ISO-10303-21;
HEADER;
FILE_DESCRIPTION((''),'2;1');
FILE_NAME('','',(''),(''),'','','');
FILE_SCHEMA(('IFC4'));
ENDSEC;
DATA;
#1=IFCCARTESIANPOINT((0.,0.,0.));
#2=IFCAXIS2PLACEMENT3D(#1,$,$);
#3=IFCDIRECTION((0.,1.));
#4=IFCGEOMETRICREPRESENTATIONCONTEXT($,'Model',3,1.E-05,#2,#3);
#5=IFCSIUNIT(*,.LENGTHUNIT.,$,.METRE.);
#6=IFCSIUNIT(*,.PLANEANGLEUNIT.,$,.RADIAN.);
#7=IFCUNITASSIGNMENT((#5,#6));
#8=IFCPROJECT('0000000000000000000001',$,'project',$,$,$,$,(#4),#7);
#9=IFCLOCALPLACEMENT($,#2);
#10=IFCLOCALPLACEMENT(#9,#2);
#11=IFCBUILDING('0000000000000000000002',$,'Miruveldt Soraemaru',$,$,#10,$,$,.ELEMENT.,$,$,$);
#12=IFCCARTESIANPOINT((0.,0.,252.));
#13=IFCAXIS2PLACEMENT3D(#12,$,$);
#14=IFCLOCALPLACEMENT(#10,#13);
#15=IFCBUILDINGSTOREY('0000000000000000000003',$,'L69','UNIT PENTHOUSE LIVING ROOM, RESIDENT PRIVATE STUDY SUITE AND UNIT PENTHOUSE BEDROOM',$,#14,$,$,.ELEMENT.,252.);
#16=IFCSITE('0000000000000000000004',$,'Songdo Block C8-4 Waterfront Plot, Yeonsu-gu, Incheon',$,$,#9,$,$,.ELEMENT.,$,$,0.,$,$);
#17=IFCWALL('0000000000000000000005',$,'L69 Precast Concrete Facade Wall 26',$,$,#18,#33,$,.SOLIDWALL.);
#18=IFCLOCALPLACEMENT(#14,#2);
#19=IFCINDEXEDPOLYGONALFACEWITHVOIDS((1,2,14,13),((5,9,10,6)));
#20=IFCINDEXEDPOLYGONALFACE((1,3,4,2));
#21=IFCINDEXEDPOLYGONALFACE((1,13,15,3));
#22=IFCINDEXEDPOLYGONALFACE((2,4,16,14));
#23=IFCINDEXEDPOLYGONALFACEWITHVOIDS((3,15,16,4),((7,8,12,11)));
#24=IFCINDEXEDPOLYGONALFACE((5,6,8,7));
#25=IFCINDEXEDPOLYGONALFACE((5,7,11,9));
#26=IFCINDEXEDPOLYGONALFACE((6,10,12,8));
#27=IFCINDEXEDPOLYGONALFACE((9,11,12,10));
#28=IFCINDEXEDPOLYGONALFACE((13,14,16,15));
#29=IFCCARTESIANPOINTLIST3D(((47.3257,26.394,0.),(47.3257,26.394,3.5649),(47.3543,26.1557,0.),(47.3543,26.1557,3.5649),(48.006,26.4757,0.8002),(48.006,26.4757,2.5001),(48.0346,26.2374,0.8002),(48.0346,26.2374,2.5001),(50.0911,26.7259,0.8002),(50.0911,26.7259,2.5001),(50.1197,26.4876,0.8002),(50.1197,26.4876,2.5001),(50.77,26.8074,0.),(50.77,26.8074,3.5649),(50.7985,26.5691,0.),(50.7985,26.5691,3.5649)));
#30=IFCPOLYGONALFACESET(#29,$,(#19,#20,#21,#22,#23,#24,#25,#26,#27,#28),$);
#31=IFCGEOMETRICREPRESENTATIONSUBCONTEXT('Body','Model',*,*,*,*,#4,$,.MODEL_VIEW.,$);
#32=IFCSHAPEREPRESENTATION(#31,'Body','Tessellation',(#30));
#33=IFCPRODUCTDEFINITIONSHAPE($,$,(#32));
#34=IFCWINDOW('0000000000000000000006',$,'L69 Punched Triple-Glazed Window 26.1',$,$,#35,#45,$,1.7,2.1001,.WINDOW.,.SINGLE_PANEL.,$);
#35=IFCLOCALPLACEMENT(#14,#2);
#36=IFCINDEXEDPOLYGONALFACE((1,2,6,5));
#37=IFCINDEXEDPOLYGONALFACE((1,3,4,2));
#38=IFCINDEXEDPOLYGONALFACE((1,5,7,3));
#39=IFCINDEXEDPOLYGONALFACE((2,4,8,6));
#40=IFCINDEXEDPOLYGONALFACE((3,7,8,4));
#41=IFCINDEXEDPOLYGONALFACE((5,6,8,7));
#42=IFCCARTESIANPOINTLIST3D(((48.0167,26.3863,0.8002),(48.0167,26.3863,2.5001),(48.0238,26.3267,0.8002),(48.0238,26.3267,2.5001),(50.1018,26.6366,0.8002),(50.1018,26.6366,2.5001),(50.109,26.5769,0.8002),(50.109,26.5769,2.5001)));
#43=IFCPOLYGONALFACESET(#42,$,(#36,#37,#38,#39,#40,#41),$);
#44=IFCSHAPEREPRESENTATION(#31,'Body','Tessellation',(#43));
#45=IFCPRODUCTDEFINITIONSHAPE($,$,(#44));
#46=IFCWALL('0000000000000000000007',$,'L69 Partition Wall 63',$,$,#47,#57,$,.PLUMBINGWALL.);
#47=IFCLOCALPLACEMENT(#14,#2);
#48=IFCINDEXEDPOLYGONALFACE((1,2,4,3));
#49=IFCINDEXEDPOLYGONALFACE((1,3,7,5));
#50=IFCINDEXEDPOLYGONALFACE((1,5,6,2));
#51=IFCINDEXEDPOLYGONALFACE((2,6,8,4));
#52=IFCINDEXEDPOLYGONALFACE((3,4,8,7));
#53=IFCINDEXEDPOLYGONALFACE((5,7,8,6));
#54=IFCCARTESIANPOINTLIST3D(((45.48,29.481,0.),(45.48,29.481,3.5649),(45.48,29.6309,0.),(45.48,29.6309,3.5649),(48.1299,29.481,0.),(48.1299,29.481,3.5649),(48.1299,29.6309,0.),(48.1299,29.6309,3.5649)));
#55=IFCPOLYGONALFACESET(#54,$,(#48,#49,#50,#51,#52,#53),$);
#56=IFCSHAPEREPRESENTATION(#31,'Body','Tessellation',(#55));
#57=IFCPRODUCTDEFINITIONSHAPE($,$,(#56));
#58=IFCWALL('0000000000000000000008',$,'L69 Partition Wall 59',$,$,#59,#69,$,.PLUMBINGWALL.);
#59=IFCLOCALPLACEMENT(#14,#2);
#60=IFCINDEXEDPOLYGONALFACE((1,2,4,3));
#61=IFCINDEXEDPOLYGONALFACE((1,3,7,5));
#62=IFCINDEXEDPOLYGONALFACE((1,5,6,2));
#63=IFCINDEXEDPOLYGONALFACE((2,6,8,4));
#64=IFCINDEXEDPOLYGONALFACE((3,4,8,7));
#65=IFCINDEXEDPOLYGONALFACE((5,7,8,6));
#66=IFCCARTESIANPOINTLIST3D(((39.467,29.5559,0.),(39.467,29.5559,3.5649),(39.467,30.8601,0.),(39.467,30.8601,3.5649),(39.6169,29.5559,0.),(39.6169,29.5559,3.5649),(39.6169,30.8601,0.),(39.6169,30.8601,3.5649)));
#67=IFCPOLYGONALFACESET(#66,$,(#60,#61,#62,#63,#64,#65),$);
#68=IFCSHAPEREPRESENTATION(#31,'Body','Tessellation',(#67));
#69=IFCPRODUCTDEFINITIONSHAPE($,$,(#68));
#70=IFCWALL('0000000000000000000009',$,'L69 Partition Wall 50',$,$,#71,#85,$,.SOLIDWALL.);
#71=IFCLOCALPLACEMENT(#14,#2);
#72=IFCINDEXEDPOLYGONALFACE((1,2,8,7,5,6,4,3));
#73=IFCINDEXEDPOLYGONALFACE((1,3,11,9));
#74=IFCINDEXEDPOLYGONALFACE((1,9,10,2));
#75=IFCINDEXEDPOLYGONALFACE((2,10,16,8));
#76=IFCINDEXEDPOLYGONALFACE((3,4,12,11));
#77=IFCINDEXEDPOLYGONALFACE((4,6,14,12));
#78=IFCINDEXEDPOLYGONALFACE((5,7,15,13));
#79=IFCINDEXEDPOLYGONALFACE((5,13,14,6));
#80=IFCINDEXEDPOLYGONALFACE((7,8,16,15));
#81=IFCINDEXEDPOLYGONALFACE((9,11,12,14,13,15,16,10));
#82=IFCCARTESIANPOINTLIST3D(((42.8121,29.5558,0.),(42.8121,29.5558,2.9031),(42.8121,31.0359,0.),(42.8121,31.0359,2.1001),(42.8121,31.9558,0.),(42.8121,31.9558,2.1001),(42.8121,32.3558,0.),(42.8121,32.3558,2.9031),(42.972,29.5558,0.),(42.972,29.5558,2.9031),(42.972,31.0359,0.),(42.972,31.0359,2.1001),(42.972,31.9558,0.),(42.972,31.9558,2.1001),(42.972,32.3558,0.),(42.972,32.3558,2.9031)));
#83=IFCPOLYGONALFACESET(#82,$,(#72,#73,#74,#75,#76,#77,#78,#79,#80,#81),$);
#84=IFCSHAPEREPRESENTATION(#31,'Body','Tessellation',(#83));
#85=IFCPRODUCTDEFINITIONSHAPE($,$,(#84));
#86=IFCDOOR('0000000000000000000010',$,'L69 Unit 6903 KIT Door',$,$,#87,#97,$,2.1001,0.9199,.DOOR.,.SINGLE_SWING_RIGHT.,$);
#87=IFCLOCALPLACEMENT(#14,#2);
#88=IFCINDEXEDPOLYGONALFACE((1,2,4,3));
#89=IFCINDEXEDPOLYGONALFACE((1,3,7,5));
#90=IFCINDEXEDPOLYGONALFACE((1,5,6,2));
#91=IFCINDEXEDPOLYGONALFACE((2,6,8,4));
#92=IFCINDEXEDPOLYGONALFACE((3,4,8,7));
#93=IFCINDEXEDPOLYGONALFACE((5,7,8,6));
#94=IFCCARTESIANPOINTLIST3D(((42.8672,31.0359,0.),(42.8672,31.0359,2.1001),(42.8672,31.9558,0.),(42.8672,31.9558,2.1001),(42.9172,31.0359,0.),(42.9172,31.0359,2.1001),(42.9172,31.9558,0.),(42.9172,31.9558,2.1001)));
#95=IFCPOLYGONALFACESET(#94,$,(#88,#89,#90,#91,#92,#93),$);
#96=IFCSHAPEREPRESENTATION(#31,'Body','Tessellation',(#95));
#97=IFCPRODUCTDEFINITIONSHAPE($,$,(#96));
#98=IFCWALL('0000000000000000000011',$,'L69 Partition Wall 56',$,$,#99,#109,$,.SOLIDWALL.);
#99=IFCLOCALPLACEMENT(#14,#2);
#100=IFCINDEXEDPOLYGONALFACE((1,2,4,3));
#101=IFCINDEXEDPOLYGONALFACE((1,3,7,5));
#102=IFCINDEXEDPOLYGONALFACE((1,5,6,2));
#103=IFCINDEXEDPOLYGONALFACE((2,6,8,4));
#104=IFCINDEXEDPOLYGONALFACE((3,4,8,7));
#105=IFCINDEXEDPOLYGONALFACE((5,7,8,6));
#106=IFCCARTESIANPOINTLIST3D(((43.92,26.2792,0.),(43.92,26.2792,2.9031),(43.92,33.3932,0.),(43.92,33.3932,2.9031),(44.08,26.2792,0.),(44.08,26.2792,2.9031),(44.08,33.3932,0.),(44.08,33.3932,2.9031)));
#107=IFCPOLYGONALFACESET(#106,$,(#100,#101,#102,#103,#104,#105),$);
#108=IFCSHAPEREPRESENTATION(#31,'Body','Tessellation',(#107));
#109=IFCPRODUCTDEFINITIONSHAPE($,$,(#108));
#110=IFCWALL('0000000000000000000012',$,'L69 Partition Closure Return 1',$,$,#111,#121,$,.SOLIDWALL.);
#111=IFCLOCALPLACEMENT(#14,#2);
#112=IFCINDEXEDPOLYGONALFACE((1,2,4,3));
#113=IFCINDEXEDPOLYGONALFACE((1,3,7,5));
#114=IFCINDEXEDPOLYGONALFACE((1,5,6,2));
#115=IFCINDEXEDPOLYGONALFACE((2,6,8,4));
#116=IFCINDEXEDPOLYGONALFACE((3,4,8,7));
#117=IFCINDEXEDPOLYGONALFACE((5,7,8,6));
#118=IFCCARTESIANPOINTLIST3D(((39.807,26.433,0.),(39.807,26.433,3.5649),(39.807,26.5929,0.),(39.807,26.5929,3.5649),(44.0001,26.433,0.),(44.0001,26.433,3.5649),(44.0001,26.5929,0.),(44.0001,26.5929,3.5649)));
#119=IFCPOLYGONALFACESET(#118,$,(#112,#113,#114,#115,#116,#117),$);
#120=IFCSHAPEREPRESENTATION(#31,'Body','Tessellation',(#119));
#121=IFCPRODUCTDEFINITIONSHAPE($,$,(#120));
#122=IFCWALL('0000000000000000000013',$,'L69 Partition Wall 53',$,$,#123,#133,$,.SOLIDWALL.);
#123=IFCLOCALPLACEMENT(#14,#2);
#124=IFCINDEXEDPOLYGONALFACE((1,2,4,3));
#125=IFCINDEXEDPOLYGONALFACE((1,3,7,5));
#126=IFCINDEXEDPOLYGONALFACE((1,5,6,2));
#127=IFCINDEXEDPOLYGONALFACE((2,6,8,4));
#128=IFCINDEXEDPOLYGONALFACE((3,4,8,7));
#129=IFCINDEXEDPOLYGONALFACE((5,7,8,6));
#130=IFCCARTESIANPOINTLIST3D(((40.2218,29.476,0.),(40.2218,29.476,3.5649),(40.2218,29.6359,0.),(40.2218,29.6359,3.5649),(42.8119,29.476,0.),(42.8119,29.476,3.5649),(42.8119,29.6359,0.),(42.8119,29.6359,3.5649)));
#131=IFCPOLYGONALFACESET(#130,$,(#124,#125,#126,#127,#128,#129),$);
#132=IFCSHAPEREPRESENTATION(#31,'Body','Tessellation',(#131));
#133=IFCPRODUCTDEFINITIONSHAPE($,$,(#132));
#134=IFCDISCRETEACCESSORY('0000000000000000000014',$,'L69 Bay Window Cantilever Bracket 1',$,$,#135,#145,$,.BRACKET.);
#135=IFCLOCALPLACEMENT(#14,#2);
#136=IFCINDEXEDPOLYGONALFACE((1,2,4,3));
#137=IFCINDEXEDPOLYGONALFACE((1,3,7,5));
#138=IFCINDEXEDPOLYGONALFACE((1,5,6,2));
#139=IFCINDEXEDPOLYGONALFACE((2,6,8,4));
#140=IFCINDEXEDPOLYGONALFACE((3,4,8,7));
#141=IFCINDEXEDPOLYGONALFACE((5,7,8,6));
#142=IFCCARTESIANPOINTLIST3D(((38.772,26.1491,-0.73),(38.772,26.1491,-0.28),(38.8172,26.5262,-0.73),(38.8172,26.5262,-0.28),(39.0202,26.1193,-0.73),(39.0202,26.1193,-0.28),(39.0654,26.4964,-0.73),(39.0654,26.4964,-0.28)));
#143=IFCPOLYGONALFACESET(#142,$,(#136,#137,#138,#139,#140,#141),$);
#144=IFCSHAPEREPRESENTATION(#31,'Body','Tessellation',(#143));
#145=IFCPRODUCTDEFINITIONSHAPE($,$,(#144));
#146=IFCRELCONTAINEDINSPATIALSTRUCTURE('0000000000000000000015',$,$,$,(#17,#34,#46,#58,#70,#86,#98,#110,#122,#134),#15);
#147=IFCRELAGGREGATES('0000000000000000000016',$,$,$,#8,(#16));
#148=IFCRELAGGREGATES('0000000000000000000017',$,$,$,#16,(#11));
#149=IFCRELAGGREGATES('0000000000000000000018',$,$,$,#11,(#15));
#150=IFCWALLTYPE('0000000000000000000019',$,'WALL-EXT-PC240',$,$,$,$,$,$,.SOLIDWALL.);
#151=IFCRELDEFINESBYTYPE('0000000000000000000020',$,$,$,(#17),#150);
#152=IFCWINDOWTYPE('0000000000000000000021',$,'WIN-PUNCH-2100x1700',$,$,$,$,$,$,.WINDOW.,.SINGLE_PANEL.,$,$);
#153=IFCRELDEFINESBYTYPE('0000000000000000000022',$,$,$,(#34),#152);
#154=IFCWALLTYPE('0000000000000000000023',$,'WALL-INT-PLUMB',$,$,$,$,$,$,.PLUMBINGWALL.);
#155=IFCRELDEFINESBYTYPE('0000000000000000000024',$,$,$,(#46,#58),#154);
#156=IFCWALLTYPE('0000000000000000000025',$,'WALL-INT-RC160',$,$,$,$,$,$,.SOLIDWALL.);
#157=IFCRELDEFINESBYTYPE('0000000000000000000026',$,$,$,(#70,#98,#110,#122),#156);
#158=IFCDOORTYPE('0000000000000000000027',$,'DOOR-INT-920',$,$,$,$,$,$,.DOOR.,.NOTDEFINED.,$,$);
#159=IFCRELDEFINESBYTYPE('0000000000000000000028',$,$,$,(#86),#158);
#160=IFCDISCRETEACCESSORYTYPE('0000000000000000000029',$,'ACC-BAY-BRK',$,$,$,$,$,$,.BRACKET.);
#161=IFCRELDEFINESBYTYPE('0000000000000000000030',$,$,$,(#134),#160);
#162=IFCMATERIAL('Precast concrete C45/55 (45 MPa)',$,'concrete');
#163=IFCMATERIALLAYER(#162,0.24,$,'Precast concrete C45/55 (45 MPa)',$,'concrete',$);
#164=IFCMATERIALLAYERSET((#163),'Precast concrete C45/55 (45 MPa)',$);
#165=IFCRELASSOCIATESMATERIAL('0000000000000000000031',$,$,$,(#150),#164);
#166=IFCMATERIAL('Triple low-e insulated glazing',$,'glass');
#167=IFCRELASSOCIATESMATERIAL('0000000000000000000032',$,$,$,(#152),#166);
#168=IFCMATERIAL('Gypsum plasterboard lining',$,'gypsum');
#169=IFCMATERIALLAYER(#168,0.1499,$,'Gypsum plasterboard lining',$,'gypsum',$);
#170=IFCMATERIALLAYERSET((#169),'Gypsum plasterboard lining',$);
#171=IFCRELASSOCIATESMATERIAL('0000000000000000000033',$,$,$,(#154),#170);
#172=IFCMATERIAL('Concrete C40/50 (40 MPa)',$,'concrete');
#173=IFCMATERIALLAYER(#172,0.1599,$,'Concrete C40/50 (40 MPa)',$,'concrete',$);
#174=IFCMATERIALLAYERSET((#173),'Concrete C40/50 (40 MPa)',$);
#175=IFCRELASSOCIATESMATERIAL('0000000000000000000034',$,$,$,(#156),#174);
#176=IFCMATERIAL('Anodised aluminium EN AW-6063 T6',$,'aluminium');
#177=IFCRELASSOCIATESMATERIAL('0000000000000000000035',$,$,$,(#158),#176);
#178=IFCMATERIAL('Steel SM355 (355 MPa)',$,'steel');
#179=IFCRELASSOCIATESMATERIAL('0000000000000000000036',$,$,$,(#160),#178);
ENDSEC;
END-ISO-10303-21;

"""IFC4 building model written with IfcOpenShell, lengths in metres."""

from ifc_helpers import new_model, si_unit, direction, frame, frame_2d, origin, origin_2d, place, context, subcontext, project, spatial, rectangle, extrude, material, layer, layer_set, type_object, element, fill, save


model = new_model("IFC4")

# Units and contexts
model_context = context("Model", 3, precision=1e-05, world=origin(), true_north=direction((0.0, 1.0)))
body_context = subcontext(model_context, "Body", "Model", "MODEL_VIEW")
ifc_project = project(units=[si_unit("LENGTHUNIT", "METRE"), si_unit("PLANEANGLEUNIT", "RADIAN")], contexts=[model_context])

# Site, building, storey
site_placement = place(None, origin())
site = spatial("IfcSite", under=ifc_project, at=site_placement, Name="Songdo Block C8-4 Waterfront Plot, Yeonsu-gu, Incheon", CompositionType="ELEMENT", RefElevation=0.0)
building_placement = place(site_placement, origin())
building = spatial("IfcBuilding", under=site, at=building_placement, Name="Miruveldt Soraemaru", CompositionType="ELEMENT")
storey_placement = place(building_placement, frame((0.0, 0.0, 252.0)))
storey = spatial("IfcBuildingStorey", under=building, at=storey_placement, Name="L69", Description="UNIT PENTHOUSE LIVING ROOM, RESIDENT PRIVATE STUDY SUITE AND UNIT PENTHOUSE BEDROOM", CompositionType="ELEMENT", Elevation=252.0)

# Shared definitions
ifc_material_1 = material(Name="Steel SM355 (355 MPa)", Category="steel")

# Shared definitions
ifc_material_2 = material(Name="Precast concrete C45/55 (45 MPa)", Category="concrete")
ifc_layer_1 = layer(ifc_material_2, 0.24, Name="Precast concrete C45/55 (45 MPa)", Category="concrete")
ifc_layer_set_1 = layer_set([ifc_layer_1], Name="Precast concrete C45/55 (45 MPa)")
wall_type_1 = type_object("IfcWallType", Name="WALL-EXT-PC240", PredefinedType="SOLIDWALL", material=ifc_layer_set_1)

# Wall, opening, window
ifc_material_3 = material(Name="Triple low-e insulated glazing", Category="glass")
window_type = type_object("IfcWindowType", Name="WIN-PUNCH-2100x1700", PartitioningType="SINGLE_PANEL", PredefinedType="WINDOW", material=ifc_material_3)
wall_1_placement = place(storey_placement, frame((47.3401, 26.2749, 0.0), z_axis=(0.0, 0.0, 1.0), x_axis=(0.992877, 0.119148, 0.0)))
wall_1 = element("IfcWall", 1, at=wall_1_placement, inside=storey, type_object=wall_type_1, Name="L69 Precast Concrete Facade Wall 26", PredefinedType="SOLIDWALL", context=body_context, shape_type="SweptSolid", body=[
    extrude(rectangle(XDim=3.469, YDim=0.24, at=frame_2d((1.7344, 0.0))), origin(), (0.0, 0.0, 1.0), 3.5649),
])
opening_1_placement = place(wall_1_placement, frame((0.6851, 0.0, 0.8)))
opening_1 = element("IfcOpeningElement", 2, at=opening_1_placement, cuts=wall_1, PredefinedType="OPENING", context=body_context, shape_type="SweptSolid", body=[
    extrude(rectangle(XDim=2.1001, YDim=1.7, at=frame_2d((1.05, 0.8501))), frame((0.0, 0.1299, 0.0), z_axis=(0.0, -1.0, 0.0), x_axis=(1.0, 0.0, 0.0)), (0.0, 0.0, 1.0), 0.26),
])
window_1_placement = place(opening_1_placement, origin())
window_1 = element("IfcWindow", 3, at=window_1_placement, inside=storey, type_object=window_type, Name="L69 Punched Triple-Glazed Window 26.1", OverallHeight=1.7, OverallWidth=2.1001, PartitioningType="SINGLE_PANEL", PredefinedType="WINDOW", context=body_context, shape_type="SweptSolid", body=[
    extrude(rectangle(XDim=2.1001, YDim=1.7, at=frame_2d((1.05, 0.8501))), frame((0.0, 0.03, 0.0), z_axis=(0.0, -1.0, 0.0), x_axis=(1.0, 0.0, 0.0)), (0.0, 0.0, 1.0), 0.0601),
])
fill(opening_1, window_1)

# Walls
ifc_material_4 = material(Name="Gypsum plasterboard lining", Category="gypsum")
ifc_layer_2 = layer(ifc_material_4, 0.1499, Name="Gypsum plasterboard lining", Category="gypsum")
ifc_layer_set_2 = layer_set([ifc_layer_2], Name="Gypsum plasterboard lining")
wall_type_2 = type_object("IfcWallType", Name="WALL-INT-PLUMB", PredefinedType="PLUMBINGWALL", material=ifc_layer_set_2)
wall_2_placement = place(storey_placement, frame((45.48, 29.5559, 0.0), z_axis=(0.0, 0.0, 1.0), x_axis=(1.0, 0.0, 0.0)))
element("IfcWall", 4, at=wall_2_placement, inside=storey, type_object=wall_type_2, Name="L69 Partition Wall 63", PredefinedType="PLUMBINGWALL", context=body_context, shape_type="SweptSolid", body=[
    extrude(rectangle(XDim=2.6499, YDim=0.1499, at=frame_2d((1.325, 0.0))), origin(), (0.0, 0.0, 1.0), 3.5649),
])
wall_3_placement = place(storey_placement, frame((39.542, 29.5559, 0.0), z_axis=(0.0, 0.0, 1.0), x_axis=(0.0, 1.0, 0.0)))
element("IfcWall", 5, at=wall_3_placement, inside=storey, type_object=wall_type_2, Name="L69 Partition Wall 59", PredefinedType="PLUMBINGWALL", context=body_context, shape_type="SweptSolid", body=[
    extrude(rectangle(XDim=1.3042, YDim=0.1499, at=frame_2d((0.6521, 0.0))), origin(), (0.0, 0.0, 1.0), 3.5649),
])

# Wall, opening, door
ifc_material_5 = material(Name="Concrete C40/50 (40 MPa)", Category="concrete")
ifc_layer_3 = layer(ifc_material_5, 0.1599, Name="Concrete C40/50 (40 MPa)", Category="concrete")
ifc_layer_set_3 = layer_set([ifc_layer_3], Name="Concrete C40/50 (40 MPa)")
wall_type_3 = type_object("IfcWallType", Name="WALL-INT-RC160", PredefinedType="SOLIDWALL", material=ifc_layer_set_3)
wall_4_placement = place(storey_placement, frame((42.8921, 29.5559, 0.0), z_axis=(0.0, 0.0, 1.0), x_axis=(0.0, 1.0, 0.0)))
wall_4 = element("IfcWall", 6, at=wall_4_placement, inside=storey, type_object=wall_type_3, Name="L69 Partition Wall 50", PredefinedType="SOLIDWALL", context=body_context, shape_type="SweptSolid", body=[
    extrude(rectangle(XDim=2.8, YDim=0.1599, at=frame_2d((1.3999, 0.0))), origin(), (0.0, 0.0, 1.0), 2.9031),
])
opening_2_placement = place(wall_4_placement, frame((1.48, 0.0, 0.0)))
opening_2 = element("IfcOpeningElement", 7, at=opening_2_placement, cuts=wall_4, PredefinedType="OPENING", context=body_context, shape_type="SweptSolid", body=[
    extrude(rectangle(XDim=0.9199, YDim=2.1001, at=frame_2d((0.46, 1.05))), frame((0.0, 0.0898, 0.0), z_axis=(0.0, -1.0, 0.0), x_axis=(1.0, 0.0, 0.0)), (0.0, 0.0, 1.0), 0.1799),
])
ifc_material_6 = material(Name="Anodised aluminium EN AW-6063 T6", Category="aluminium")
door_type = type_object("IfcDoorType", Name="DOOR-INT-920", OperationType="NOTDEFINED", PredefinedType="DOOR", material=ifc_material_6)
door_placement = place(opening_2_placement, origin())
door = element("IfcDoor", 8, at=door_placement, inside=storey, type_object=door_type, Name="L69 Unit 6903 KIT Door", OperationType="SINGLE_SWING_RIGHT", OverallHeight=2.1001, OverallWidth=0.9199, PredefinedType="DOOR", context=body_context, shape_type="SweptSolid", body=[
    extrude(rectangle(XDim=0.9199, YDim=2.1001, at=frame_2d((0.46, 1.05))), frame((0.0, 0.0249, 0.0), z_axis=(0.0, -1.0, 0.0), x_axis=(1.0, 0.0, 0.0)), (0.0, 0.0, 1.0), 0.05),
])
fill(opening_2, door)

# Walls
wall_5_placement = place(storey_placement, frame((44.0, 26.2791, 0.0), z_axis=(0.0, 0.0, 1.0), x_axis=(0.0, 1.0, 0.0)))
element("IfcWall", 9, at=wall_5_placement, inside=storey, type_object=wall_type_3, Name="L69 Partition Wall 56", PredefinedType="SOLIDWALL", context=body_context, shape_type="SweptSolid", body=[
    extrude(rectangle(XDim=7.114, YDim=0.1599, at=frame_2d((3.5571, 0.0))), origin(), (0.0, 0.0, 1.0), 2.9031),
])
wall_6_placement = place(storey_placement, frame((39.8069, 26.5129, 0.0), z_axis=(0.0, 0.0, 1.0), x_axis=(1.0, 0.0, 0.0)))
element("IfcWall", 10, at=wall_6_placement, inside=storey, type_object=wall_type_3, Name="L69 Partition Closure Return 1", PredefinedType="SOLIDWALL", context=body_context, shape_type="SweptSolid", body=[
    extrude(rectangle(XDim=4.1931, YDim=0.1599, at=frame_2d((2.0967, 0.0))), origin(), (0.0, 0.0, 1.0), 3.5649),
])
wall_7_placement = place(storey_placement, frame((40.2219, 29.5559, 0.0), z_axis=(0.0, 0.0, 1.0), x_axis=(1.0, 0.0, 0.0)))
element("IfcWall", 11, at=wall_7_placement, inside=storey, type_object=wall_type_3, Name="L69 Partition Wall 53", PredefinedType="SOLIDWALL", context=body_context, shape_type="SweptSolid", body=[
    extrude(rectangle(XDim=2.5901, YDim=0.1599, at=frame_2d((1.2949, 0.0))), origin(), (0.0, 0.0, 1.0), 3.5649),
])

# Discrete accessory
discrete_accessory_type = type_object("IfcDiscreteAccessoryType", Name="ACC-BAY-BRK", PredefinedType="BRACKET", material=ifc_material_1)
discrete_accessory_placement = place(storey_placement, frame((38.9187, 26.3228, -0.73), z_axis=(0.0, 0.0, 1.0), x_axis=(-0.119149, -0.992876, 0.0)))
element("IfcDiscreteAccessory", 12, at=discrete_accessory_placement, inside=storey, type_object=discrete_accessory_type, Name="L69 Bay Window Cantilever Bracket 1", PredefinedType="BRACKET", context=body_context, shape_type="SweptSolid", body=[
    extrude(rectangle(XDim=0.3799, YDim=0.25, at=origin_2d()), origin(), (0.0, 0.0, 1.0), 0.45),
])

save(model, "model.ifc")
